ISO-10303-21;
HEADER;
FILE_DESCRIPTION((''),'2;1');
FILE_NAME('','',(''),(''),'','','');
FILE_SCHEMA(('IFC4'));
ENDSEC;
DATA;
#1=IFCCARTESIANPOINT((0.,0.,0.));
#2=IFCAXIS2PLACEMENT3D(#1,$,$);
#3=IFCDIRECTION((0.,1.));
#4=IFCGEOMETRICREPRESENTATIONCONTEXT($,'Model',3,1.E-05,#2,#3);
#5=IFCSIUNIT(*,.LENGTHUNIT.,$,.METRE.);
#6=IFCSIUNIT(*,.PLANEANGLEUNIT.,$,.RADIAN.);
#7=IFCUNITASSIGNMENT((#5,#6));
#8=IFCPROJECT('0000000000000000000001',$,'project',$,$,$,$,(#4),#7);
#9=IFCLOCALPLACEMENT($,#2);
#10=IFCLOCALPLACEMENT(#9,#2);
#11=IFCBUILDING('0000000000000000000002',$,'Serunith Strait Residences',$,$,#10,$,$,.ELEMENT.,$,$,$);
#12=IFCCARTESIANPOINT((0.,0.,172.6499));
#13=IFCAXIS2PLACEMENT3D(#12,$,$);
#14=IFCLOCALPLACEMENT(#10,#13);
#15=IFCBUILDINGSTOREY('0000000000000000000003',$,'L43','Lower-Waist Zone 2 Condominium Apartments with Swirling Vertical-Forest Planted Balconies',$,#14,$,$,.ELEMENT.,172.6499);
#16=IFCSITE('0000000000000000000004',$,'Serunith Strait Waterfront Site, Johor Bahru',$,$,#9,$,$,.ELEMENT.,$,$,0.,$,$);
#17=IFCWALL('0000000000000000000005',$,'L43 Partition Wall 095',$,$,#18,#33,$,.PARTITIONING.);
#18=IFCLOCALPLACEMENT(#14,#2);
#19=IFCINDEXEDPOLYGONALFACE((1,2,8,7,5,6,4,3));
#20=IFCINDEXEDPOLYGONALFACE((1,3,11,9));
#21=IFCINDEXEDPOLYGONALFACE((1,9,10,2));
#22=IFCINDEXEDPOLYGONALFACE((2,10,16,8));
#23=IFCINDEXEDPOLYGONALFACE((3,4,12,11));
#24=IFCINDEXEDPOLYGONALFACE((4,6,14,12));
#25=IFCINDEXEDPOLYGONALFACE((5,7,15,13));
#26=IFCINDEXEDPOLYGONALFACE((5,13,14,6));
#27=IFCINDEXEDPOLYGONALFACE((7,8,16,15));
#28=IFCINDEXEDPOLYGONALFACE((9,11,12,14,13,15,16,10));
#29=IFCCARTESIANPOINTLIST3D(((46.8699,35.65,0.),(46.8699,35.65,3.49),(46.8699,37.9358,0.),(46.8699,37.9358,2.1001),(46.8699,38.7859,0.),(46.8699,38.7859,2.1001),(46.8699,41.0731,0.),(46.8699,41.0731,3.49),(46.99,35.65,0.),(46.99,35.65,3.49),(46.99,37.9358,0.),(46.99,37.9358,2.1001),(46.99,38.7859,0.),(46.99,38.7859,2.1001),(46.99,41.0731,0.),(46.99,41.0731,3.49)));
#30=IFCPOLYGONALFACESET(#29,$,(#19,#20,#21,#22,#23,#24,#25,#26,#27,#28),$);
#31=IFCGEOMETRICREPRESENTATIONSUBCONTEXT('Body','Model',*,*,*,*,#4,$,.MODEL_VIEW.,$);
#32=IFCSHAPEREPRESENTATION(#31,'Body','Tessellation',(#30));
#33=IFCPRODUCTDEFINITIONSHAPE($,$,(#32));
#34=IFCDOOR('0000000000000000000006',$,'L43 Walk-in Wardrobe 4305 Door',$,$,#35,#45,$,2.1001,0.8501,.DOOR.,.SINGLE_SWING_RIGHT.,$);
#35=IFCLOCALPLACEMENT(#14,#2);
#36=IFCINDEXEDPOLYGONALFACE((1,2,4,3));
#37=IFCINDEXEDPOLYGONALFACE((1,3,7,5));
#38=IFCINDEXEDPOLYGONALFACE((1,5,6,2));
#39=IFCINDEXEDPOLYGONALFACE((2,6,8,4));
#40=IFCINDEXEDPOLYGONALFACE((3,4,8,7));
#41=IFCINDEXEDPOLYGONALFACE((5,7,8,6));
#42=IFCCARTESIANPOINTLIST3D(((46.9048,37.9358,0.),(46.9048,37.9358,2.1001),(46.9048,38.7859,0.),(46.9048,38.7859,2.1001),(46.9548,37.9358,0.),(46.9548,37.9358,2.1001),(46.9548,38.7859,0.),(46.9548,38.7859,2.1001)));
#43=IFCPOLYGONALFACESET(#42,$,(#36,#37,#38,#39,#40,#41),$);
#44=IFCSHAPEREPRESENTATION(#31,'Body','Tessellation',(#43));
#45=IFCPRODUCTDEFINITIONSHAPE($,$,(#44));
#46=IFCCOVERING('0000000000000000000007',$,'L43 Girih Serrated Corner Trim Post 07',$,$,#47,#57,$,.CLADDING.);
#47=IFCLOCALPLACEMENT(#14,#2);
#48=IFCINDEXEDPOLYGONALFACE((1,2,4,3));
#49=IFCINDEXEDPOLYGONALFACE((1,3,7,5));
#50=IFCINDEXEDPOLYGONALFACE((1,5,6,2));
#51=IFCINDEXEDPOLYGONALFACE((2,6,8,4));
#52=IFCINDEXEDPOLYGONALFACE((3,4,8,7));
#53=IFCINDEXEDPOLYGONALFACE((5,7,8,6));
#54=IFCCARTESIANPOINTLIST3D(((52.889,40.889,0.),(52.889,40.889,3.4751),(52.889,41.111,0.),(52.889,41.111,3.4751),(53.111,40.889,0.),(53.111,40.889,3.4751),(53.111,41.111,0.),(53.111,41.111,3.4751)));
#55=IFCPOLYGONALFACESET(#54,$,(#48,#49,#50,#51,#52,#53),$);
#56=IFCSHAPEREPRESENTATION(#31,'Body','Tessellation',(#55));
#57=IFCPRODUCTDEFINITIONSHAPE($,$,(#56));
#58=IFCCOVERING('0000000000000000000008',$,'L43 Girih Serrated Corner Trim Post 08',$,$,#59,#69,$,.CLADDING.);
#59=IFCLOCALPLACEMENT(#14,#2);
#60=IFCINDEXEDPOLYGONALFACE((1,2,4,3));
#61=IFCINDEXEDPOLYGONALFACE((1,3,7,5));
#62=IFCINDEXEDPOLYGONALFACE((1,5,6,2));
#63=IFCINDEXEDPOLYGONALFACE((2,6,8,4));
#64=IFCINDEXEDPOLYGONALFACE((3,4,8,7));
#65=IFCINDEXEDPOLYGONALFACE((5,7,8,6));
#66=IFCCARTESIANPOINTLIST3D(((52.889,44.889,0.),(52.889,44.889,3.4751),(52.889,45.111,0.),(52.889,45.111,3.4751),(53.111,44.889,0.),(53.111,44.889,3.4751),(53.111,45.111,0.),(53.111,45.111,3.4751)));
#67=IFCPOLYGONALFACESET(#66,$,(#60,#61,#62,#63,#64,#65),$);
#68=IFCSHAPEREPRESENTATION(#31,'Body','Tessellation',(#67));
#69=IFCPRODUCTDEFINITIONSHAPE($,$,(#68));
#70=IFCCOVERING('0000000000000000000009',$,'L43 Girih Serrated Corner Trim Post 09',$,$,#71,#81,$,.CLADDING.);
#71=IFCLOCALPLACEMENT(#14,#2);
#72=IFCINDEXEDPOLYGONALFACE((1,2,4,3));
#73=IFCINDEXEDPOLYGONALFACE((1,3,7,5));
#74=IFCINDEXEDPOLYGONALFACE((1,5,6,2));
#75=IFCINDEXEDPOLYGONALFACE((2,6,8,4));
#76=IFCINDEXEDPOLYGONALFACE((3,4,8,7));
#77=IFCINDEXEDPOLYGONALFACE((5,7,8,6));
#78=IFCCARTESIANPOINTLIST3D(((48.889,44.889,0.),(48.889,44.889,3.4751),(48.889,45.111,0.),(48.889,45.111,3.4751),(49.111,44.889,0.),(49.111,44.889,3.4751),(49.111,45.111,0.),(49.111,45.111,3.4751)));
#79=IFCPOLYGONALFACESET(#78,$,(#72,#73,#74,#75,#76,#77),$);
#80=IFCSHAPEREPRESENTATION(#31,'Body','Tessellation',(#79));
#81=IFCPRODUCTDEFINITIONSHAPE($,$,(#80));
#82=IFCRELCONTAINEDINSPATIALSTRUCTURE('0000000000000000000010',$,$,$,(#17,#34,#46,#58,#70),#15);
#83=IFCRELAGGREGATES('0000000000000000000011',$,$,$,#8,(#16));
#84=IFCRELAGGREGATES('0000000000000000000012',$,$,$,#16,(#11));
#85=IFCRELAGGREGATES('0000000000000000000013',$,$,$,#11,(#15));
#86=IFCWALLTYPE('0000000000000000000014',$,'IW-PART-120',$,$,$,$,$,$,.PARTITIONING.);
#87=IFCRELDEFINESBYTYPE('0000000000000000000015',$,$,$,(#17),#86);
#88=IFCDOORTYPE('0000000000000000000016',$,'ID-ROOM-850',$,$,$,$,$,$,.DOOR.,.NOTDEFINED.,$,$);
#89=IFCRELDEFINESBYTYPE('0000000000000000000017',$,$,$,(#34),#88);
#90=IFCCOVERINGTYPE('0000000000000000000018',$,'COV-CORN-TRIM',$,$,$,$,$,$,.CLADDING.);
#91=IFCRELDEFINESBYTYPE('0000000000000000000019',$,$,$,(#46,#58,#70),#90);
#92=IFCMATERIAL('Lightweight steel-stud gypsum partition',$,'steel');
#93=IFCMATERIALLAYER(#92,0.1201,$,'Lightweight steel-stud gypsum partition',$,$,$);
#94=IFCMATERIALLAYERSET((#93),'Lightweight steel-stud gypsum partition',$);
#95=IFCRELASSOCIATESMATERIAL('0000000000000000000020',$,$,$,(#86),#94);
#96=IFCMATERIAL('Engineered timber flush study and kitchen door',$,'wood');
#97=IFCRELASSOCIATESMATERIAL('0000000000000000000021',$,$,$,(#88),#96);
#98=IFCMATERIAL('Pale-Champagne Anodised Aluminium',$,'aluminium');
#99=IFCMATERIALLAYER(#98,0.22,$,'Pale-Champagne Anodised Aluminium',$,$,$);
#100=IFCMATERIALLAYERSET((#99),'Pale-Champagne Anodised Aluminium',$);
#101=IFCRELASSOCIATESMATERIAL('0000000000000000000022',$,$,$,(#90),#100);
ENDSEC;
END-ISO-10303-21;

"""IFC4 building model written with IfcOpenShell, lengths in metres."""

from ifc_helpers import new_model, si_unit, direction, frame, frame_2d, origin, origin_2d, place, context, subcontext, project, spatial, rectangle, extrude, source, transform, mapped, material, layer, layer_set, type_object, element, fill, save


model = new_model("IFC4")

# Units and contexts
model_context = context("Model", 3, precision=1e-05, world=origin(), true_north=direction((0.0, 1.0)))
body_context = subcontext(model_context, "Body", "Model", "MODEL_VIEW")
ifc_project = project(units=[si_unit("LENGTHUNIT", "METRE"), si_unit("PLANEANGLEUNIT", "RADIAN")], contexts=[model_context])

# Site, building, storey
site_placement = place(None, origin())
site = spatial("IfcSite", under=ifc_project, at=site_placement, Name="Serunith Strait Waterfront Site, Johor Bahru", CompositionType="ELEMENT", RefElevation=0.0)
building_placement = place(site_placement, origin())
building = spatial("IfcBuilding", under=site, at=building_placement, Name="Serunith Strait Residences", CompositionType="ELEMENT")
storey_placement = place(building_placement, frame((0.0, 0.0, 172.6499)))
storey = spatial("IfcBuildingStorey", under=building, at=storey_placement, Name="L43", Description="Lower-Waist Zone 2 Condominium Apartments with Swirling Vertical-Forest Planted Balconies", CompositionType="ELEMENT", Elevation=172.6499)

# Shared definitions
ifc_material_1 = material(Name="Pale-Champagne Anodised Aluminium", Category="aluminium")

# Shared definitions
ifc_material_2 = material(Name="Lightweight steel-stud gypsum partition", Category="steel")
ifc_layer_1 = layer(ifc_material_2, 0.1201, Name="Lightweight steel-stud gypsum partition")
ifc_layer_set_1 = layer_set([ifc_layer_1], Name="Lightweight steel-stud gypsum partition")
wall_type_1 = type_object("IfcWallType", Name="IW-PART-120", PredefinedType="PARTITIONING", material=ifc_layer_set_1)

# Wall, opening, door
wall_1_placement = place(storey_placement, frame((46.9299, 41.073, 0.0), z_axis=(0.0, 0.0, 1.0), x_axis=(0.0, -1.0, 0.0)))
wall_1 = element("IfcWall", 1, at=wall_1_placement, inside=storey, type_object=wall_type_1, Name="L43 Partition Wall 095", PredefinedType="PARTITIONING", context=body_context, shape_type="SweptSolid", body=[
    extrude(rectangle(XDim=5.4231, YDim=0.1201, at=frame_2d((2.7114, 0.0))), origin(), (0.0, 0.0, 1.0), 3.49),
])
opening_1_placement = place(wall_1_placement, frame((2.2871, 0.0, 0.0)))
opening_1 = element("IfcOpeningElement", 2, at=opening_1_placement, cuts=wall_1, PredefinedType="OPENING", context=body_context, shape_type="SweptSolid", body=[
    extrude(rectangle(XDim=0.8501, YDim=2.1001, at=frame_2d((0.425, 1.05))), frame((0.0, 0.0701, 0.0), z_axis=(0.0, -1.0, 0.0), x_axis=(1.0, 0.0, 0.0)), (0.0, 0.0, 1.0), 0.1401),
])
ifc_material_3 = material(Name="Engineered timber flush study and kitchen door", Category="wood")
door_type_1 = type_object("IfcDoorType", Name="ID-ROOM-850", OperationType="NOTDEFINED", PredefinedType="DOOR", material=ifc_material_3)
shared_shape_1 = source(origin(), body_context, "Body", "SweptSolid", [
    extrude(rectangle(XDim=0.8501, YDim=2.1001, at=frame_2d((0.425, 1.05))), frame((0.0, 0.0249, 0.0), z_axis=(0.0, -1.0, 0.0), x_axis=(1.0, 0.0, 0.0)), (0.0, 0.0, 1.0), 0.05),
])
door_1_placement = place(opening_1_placement, origin())
door_1 = element("IfcDoor", 3, at=door_1_placement, inside=storey, type_object=door_type_1, Name="L43 Walk-in Wardrobe 4305 Door", OperationType="SINGLE_SWING_RIGHT", OverallHeight=2.1001, OverallWidth=0.8501, PredefinedType="DOOR", context=body_context, shape_type="MappedRepresentation", body=[
    mapped(shared_shape_1, transform((0.0, 0.0, 0.0), scale=1.0)),
])
fill(opening_1, door_1)

# Coverings
ifc_layer_2 = layer(ifc_material_1, 0.22, Name="Pale-Champagne Anodised Aluminium")
ifc_layer_set_2 = layer_set([ifc_layer_2], Name="Pale-Champagne Anodised Aluminium")
covering_type = type_object("IfcCoveringType", Name="COV-CORN-TRIM", PredefinedType="CLADDING", material=ifc_layer_set_2)
shared_shape_2 = source(origin(), body_context, "Body", "SweptSolid", [
    extrude(rectangle(XDim=0.2219, YDim=0.2219, at=origin_2d()), origin(), (0.0, 0.0, 1.0), 3.4751),
])
for number, where, z_axis, x_axis, name in (
    (4, (53.0, 41.0, 0.0), (0.0, 0.0, 1.0), (1.0, 0.0, 0.0), "L43 Girih Serrated Corner Trim Post 07"),
    (5, (53.0, 45.0, 0.0), (0.0, 0.0, 1.0), (1.0, 0.0, 0.0), "L43 Girih Serrated Corner Trim Post 08"),
    (6, (49.0, 45.0, 0.0), (0.0, 0.0, 1.0), (1.0, 0.0, 0.0), "L43 Girih Serrated Corner Trim Post 09"),
):
    element("IfcCovering", number, at=place(storey_placement, frame(where, z_axis=z_axis, x_axis=x_axis)), inside=storey, type_object=covering_type, Name=name, PredefinedType="CLADDING", context=body_context, shape_type="MappedRepresentation", body=[
        mapped(shared_shape_2, transform((0.0, 0.0, 0.0), scale=1.0)),
    ])

save(model, "model.ifc")
